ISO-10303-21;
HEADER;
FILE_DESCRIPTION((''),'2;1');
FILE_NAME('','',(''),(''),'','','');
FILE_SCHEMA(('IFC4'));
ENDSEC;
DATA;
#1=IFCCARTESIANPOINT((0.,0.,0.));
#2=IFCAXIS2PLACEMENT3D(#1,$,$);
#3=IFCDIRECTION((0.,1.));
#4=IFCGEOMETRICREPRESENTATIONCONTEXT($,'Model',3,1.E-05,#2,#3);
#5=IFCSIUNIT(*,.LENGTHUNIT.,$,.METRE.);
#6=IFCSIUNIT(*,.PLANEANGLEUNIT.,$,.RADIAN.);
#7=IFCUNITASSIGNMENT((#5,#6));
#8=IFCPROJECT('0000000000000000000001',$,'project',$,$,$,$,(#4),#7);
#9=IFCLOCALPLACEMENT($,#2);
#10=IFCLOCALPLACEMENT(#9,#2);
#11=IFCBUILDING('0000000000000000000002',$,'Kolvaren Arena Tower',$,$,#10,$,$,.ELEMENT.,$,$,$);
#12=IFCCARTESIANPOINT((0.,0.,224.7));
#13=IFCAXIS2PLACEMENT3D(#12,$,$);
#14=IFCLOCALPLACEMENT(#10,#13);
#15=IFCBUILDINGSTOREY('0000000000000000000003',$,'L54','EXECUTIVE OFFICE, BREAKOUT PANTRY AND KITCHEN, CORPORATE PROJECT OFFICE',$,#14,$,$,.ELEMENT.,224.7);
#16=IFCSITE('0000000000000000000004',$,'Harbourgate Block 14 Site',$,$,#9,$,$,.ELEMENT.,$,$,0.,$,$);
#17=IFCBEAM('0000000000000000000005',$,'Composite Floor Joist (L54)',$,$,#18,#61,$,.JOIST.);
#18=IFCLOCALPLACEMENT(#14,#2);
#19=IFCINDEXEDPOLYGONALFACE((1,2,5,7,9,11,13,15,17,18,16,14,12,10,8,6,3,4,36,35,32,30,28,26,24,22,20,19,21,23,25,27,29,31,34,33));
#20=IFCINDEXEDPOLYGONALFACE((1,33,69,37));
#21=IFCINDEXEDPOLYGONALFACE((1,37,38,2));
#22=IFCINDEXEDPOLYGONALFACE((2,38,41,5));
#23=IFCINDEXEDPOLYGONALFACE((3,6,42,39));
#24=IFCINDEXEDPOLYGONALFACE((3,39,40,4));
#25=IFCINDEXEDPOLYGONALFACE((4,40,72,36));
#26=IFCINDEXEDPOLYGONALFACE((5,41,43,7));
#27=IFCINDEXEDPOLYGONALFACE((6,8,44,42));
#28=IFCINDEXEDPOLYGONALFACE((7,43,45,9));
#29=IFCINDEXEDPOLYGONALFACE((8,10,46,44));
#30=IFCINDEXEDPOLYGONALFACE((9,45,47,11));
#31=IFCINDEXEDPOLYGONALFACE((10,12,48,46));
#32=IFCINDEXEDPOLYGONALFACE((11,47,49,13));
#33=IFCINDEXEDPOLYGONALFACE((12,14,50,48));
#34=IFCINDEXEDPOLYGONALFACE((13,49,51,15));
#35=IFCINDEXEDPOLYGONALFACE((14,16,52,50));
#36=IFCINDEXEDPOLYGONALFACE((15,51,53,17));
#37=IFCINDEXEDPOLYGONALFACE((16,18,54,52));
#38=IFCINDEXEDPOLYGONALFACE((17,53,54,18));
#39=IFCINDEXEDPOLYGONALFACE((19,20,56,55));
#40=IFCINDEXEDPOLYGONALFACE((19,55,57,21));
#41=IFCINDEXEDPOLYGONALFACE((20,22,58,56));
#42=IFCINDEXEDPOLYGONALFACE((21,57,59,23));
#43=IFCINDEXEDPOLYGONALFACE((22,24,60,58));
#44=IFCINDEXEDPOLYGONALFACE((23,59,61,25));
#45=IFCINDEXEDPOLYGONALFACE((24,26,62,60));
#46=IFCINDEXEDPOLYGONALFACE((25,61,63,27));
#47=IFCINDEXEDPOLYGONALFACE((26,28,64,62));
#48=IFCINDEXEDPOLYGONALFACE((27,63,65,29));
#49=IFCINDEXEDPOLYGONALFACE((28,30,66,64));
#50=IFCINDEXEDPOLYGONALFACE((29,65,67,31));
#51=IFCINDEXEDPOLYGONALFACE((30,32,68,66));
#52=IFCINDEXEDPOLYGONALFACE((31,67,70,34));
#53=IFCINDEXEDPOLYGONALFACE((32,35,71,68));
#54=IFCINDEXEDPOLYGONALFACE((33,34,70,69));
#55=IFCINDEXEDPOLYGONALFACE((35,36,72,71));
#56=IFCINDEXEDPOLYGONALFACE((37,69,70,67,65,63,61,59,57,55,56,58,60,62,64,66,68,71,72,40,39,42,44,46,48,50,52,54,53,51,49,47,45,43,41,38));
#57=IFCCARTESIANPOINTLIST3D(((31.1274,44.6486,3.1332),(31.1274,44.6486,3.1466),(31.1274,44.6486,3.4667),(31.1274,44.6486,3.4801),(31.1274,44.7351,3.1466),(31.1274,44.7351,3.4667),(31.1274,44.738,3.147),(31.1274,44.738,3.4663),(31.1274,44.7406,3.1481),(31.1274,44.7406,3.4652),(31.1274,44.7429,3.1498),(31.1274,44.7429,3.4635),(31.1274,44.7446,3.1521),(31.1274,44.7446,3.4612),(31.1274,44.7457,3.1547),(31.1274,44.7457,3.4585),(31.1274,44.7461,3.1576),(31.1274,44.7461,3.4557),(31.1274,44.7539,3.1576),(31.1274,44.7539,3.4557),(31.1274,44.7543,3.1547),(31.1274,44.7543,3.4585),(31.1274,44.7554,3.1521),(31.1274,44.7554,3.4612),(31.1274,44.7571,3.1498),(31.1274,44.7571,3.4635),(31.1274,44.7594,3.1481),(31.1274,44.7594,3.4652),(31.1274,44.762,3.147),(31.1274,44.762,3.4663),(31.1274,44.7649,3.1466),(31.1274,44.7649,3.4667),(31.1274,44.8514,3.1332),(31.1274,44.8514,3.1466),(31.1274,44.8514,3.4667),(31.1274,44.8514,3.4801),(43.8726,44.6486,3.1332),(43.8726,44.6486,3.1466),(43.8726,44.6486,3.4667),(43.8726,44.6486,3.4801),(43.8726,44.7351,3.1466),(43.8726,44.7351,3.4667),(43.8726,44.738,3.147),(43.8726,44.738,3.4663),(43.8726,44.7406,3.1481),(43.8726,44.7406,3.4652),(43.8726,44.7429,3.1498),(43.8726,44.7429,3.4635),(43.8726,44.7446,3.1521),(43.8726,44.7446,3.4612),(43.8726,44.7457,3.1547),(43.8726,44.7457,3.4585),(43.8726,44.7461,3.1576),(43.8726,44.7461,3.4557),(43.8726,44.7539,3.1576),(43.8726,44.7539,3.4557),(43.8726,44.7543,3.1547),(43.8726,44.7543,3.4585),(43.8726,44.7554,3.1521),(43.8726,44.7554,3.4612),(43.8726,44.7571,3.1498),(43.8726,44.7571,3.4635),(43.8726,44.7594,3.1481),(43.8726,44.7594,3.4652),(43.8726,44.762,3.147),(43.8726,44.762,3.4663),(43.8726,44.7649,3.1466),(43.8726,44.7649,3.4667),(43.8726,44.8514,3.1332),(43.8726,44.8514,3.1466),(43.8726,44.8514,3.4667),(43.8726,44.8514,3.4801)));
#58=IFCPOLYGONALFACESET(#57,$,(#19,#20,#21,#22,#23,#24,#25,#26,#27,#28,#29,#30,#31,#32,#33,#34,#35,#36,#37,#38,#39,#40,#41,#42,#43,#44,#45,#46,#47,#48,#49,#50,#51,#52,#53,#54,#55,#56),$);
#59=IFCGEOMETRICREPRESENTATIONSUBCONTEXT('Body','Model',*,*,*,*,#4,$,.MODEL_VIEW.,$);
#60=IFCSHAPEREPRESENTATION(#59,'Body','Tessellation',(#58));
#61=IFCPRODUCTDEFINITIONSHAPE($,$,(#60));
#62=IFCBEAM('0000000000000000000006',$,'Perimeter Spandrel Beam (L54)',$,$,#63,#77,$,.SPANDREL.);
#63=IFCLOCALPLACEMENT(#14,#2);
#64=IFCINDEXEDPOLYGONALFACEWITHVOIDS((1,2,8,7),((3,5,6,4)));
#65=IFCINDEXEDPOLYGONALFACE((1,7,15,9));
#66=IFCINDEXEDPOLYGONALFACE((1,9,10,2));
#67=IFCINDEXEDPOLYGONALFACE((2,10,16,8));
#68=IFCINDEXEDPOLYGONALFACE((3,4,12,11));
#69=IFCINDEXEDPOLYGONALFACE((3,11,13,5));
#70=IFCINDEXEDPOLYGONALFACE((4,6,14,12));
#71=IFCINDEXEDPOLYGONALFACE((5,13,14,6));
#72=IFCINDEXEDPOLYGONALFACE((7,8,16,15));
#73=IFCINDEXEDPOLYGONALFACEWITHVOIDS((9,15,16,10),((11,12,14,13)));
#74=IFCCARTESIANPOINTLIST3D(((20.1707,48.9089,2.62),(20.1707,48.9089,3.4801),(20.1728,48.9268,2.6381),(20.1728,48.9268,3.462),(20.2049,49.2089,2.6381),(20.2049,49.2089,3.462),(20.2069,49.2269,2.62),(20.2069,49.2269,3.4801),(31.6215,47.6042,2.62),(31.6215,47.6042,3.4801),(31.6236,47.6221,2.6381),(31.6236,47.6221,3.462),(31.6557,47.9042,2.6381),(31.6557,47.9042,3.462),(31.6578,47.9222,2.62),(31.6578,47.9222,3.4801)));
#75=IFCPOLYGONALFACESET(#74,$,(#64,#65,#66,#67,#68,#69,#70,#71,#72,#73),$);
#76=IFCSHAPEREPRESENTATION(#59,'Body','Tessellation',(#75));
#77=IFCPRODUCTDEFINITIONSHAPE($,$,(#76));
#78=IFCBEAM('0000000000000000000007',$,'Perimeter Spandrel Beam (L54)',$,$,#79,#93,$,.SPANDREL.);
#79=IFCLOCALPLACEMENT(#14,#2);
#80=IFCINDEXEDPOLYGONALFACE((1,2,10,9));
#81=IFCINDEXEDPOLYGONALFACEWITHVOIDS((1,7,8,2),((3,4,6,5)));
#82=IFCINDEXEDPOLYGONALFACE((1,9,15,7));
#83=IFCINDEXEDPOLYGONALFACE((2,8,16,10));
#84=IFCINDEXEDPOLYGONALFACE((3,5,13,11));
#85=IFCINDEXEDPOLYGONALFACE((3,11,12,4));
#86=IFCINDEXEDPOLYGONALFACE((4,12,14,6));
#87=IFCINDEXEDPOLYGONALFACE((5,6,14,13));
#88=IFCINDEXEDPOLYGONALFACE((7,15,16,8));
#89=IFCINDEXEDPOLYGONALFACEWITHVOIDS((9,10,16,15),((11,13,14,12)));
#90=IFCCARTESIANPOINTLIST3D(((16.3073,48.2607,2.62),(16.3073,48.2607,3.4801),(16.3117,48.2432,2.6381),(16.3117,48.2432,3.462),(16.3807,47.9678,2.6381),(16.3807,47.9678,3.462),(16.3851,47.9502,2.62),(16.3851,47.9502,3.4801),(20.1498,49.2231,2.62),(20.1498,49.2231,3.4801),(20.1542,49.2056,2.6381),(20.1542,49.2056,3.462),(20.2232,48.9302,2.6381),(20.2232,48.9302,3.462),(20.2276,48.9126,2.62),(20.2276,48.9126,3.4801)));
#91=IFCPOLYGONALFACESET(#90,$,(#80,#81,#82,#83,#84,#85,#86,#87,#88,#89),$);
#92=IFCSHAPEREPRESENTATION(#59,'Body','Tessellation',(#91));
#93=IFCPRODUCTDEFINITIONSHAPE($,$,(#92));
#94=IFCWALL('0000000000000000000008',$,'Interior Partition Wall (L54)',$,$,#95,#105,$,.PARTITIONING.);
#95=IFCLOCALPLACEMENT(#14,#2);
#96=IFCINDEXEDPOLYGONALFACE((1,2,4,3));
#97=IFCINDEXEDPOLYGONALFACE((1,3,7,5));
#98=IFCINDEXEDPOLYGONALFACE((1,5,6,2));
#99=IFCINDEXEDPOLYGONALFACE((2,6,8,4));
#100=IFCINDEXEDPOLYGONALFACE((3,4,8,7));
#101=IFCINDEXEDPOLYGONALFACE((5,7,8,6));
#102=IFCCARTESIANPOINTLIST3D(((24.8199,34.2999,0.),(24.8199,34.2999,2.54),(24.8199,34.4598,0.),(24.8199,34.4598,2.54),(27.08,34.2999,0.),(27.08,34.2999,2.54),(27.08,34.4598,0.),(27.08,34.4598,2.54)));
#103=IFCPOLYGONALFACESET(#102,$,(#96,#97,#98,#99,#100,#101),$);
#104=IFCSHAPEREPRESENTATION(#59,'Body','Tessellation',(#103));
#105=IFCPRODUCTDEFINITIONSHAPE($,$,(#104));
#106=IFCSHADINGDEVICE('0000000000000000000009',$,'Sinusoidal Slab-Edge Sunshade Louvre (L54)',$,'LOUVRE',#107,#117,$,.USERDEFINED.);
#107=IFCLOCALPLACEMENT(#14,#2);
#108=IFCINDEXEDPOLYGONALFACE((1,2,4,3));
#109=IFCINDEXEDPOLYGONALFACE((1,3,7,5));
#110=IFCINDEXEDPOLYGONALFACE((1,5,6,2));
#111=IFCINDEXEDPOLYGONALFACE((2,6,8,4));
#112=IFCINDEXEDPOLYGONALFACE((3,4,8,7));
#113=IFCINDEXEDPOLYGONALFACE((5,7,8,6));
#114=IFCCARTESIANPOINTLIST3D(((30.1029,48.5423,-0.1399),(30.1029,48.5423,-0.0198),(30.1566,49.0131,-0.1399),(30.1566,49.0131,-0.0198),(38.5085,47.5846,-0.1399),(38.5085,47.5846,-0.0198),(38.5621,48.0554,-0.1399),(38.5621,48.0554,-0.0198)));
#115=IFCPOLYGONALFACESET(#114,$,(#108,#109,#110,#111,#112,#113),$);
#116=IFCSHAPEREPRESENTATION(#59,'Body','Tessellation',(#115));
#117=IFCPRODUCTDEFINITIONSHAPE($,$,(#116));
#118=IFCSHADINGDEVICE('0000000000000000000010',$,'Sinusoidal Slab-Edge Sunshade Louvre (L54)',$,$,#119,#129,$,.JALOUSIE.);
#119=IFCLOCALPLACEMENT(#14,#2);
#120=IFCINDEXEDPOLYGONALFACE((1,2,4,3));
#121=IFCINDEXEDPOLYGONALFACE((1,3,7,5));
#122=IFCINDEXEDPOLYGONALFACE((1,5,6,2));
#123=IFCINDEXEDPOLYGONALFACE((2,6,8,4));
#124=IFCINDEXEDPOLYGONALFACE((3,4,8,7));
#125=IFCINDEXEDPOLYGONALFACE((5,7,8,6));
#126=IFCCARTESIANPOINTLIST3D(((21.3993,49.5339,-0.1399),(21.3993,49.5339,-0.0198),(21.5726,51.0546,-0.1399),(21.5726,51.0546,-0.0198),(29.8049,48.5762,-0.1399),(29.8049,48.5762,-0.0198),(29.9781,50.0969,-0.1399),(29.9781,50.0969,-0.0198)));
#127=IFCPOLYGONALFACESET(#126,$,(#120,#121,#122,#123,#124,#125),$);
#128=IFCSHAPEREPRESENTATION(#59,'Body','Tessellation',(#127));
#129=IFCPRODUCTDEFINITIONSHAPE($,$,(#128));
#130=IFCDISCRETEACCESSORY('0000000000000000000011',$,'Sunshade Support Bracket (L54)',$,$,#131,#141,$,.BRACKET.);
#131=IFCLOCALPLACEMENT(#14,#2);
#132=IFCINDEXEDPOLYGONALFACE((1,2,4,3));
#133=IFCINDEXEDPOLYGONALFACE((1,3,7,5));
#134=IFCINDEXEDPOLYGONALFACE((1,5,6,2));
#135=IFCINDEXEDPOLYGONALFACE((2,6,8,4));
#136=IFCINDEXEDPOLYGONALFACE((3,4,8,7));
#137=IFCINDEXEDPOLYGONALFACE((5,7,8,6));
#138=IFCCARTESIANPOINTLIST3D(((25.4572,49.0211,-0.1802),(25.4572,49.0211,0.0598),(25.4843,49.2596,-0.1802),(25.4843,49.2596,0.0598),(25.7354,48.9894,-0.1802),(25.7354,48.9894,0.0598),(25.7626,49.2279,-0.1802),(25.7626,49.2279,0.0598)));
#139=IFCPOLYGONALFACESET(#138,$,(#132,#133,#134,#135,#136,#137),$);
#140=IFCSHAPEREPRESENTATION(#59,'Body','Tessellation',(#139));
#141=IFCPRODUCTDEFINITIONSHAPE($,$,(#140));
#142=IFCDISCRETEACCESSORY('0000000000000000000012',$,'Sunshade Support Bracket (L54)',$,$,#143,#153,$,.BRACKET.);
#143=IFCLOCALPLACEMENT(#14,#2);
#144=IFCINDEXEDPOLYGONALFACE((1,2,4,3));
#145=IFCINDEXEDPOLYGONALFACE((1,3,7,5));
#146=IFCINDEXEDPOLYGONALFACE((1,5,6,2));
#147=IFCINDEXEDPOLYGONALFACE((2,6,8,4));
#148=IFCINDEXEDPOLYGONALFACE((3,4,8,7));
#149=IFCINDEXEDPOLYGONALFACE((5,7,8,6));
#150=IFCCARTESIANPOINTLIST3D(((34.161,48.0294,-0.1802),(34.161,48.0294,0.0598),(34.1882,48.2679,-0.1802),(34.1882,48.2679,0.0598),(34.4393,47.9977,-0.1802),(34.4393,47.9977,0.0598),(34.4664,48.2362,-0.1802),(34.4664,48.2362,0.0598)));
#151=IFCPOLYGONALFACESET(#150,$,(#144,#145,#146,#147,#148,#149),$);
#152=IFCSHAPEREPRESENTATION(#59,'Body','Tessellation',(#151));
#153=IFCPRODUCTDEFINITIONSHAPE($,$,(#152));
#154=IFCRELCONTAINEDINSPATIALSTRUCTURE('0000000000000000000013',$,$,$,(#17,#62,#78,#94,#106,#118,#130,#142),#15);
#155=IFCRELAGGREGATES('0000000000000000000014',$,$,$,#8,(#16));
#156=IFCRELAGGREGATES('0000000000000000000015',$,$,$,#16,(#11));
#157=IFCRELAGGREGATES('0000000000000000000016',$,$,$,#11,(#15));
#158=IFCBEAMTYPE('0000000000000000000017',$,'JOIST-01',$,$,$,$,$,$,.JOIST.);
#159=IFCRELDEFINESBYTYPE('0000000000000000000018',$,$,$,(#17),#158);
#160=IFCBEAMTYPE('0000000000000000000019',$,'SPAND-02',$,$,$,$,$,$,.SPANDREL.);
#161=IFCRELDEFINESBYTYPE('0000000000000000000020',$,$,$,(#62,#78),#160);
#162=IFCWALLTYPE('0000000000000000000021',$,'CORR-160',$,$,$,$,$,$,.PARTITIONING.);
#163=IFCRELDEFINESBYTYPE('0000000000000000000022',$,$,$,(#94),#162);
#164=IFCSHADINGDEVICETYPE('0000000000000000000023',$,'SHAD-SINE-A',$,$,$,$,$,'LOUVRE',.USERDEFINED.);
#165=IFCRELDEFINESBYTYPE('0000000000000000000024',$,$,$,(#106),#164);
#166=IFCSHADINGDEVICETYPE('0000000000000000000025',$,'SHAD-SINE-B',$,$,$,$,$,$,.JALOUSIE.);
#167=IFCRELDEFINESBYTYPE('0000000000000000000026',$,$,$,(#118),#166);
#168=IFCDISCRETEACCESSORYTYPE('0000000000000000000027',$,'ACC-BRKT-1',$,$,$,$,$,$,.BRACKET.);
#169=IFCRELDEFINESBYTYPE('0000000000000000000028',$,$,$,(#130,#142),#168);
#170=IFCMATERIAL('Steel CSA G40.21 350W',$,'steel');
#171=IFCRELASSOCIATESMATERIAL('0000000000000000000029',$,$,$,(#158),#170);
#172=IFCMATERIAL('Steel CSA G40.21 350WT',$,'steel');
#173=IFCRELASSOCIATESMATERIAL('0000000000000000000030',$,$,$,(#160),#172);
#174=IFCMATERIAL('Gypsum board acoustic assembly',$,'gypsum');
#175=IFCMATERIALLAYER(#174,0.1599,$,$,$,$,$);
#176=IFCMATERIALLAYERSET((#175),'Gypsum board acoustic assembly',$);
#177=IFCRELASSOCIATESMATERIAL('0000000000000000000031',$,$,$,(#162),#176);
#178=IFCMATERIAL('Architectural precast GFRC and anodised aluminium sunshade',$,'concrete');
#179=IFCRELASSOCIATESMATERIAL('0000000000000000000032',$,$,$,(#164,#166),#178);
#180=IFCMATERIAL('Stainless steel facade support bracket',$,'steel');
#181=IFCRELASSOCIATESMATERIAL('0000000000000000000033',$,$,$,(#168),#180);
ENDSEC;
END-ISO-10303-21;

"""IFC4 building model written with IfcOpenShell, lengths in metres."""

from ifc_helpers import new_model, si_unit, direction, frame, frame_2d, origin, origin_2d, place, context, subcontext, project, spatial, rectangle, hollow_rectangle, i_section, extrude, material, layer, layer_set, material_profile, profile_set, type_object, element, save


model = new_model("IFC4")

# Units and contexts
model_context = context("Model", 3, precision=1e-05, world=origin(), true_north=direction((0.0, 1.0)))
body_context = subcontext(model_context, "Body", "Model", "MODEL_VIEW")
ifc_project = project(units=[si_unit("LENGTHUNIT", "METRE"), si_unit("PLANEANGLEUNIT", "RADIAN")], contexts=[model_context])

# Site, building, storey
site_placement = place(None, origin())
site = spatial("IfcSite", under=ifc_project, at=site_placement, Name="Harbourgate Block 14 Site", CompositionType="ELEMENT", RefElevation=0.0)
building_placement = place(site_placement, origin())
building = spatial("IfcBuilding", under=site, at=building_placement, Name="Kolvaren Arena Tower", CompositionType="ELEMENT")
storey_placement = place(building_placement, frame((0.0, 0.0, 224.7)))
storey = spatial("IfcBuildingStorey", under=building, at=storey_placement, Name="L54", Description="EXECUTIVE OFFICE, BREAKOUT PANTRY AND KITCHEN, CORPORATE PROJECT OFFICE", CompositionType="ELEMENT", Elevation=224.7)

# Beams
ifc_material_1 = material(Name="Steel CSA G40.21 350W", Category="steel")
ifc_material_profile_1 = material_profile(ifc_material_1, i_section(OverallWidth=0.2029, OverallDepth=0.3469, WebThickness=0.0078, FlangeThickness=0.0134, FilletRadius=0.011, at=origin_2d()), Name="W360x64")
ifc_profile_set_1 = profile_set([ifc_material_profile_1], Name="Steel CSA G40.21 350W")
beam_type_1 = type_object("IfcBeamType", Name="JOIST-01", PredefinedType="JOIST", material=ifc_profile_set_1)
beam_1_placement = place(storey_placement, frame((31.1274, 44.75, 3.3066), z_axis=(1.0, 0.0, 0.0), x_axis=(0.0, 1.0, 0.0)))
element("IfcBeam", 1, at=beam_1_placement, inside=storey, type_object=beam_type_1, Name="Composite Floor Joist (L54)", PredefinedType="JOIST", context=body_context, shape_type="SweptSolid", body=[
    extrude(i_section(OverallWidth=0.2029, OverallDepth=0.3469, WebThickness=0.0078, FlangeThickness=0.0134, FilletRadius=0.011, at=origin_2d()), origin(), (0.0, 0.0, 1.0), 12.7451),
])
ifc_material_2 = material(Name="Steel CSA G40.21 350WT", Category="steel")
ifc_material_profile_2 = material_profile(ifc_material_2, hollow_rectangle(XDim=0.3201, YDim=0.8601, WallThickness=0.0181, at=origin_2d()), Name="HSS 860x320x18")
ifc_profile_set_2 = profile_set([ifc_material_profile_2], Name="Steel CSA G40.21 350WT")
beam_type_2 = type_object("IfcBeamType", Name="SPAND-02", PredefinedType="SPANDREL", material=ifc_profile_set_2)
beam_2_placement = place(storey_placement, frame((31.6396, 47.7632, 3.05), z_axis=(-0.993572, 0.113205, 0.0), x_axis=(-0.113205, -0.993572, 0.0)))
element("IfcBeam", 2, at=beam_2_placement, inside=storey, type_object=beam_type_2, Name="Perimeter Spandrel Beam (L54)", PredefinedType="SPANDREL", context=body_context, shape_type="SweptSolid", body=[
    extrude(hollow_rectangle(XDim=0.3201, YDim=0.8601, WallThickness=0.0181, at=origin_2d()), origin(), (0.0, 0.0, 1.0), 11.5249),
])
beam_3_placement = place(storey_placement, frame((20.1887, 49.0679, 3.05), z_axis=(-0.970037, -0.242956, 0.0), x_axis=(0.242956, -0.970037, 0.0)))
element("IfcBeam", 3, at=beam_3_placement, inside=storey, type_object=beam_type_2, Name="Perimeter Spandrel Beam (L54)", PredefinedType="SPANDREL", context=body_context, shape_type="SweptSolid", body=[
    extrude(hollow_rectangle(XDim=0.3201, YDim=0.8601, WallThickness=0.0181, at=origin_2d()), origin(), (0.0, 0.0, 1.0), 3.9612),
])

# Wall
ifc_material_3 = material(Name="Gypsum board acoustic assembly", Category="gypsum")
ifc_layer = layer(ifc_material_3, 0.1599)
ifc_layer_set = layer_set([ifc_layer], Name="Gypsum board acoustic assembly")
wall_type = type_object("IfcWallType", Name="CORR-160", PredefinedType="PARTITIONING", material=ifc_layer_set)
wall_placement = place(storey_placement, frame((24.8201, 34.3799, 0.0), z_axis=(0.0, 0.0, 1.0), x_axis=(1.0, 0.0, 0.0)))
element("IfcWall", 4, at=wall_placement, inside=storey, type_object=wall_type, Name="Interior Partition Wall (L54)", PredefinedType="PARTITIONING", context=body_context, shape_type="SweptSolid", body=[
    extrude(rectangle(XDim=2.26, YDim=0.1599, at=frame_2d((1.1299, 0.0))), origin(), (0.0, 0.0, 1.0), 2.54),
])

# Shading devices
ifc_material_4 = material(Name="Architectural precast GFRC and anodised aluminium sunshade", Category="concrete")
shading_device_type_1 = type_object("IfcShadingDeviceType", Name="SHAD-SINE-A", ElementType="LOUVRE", PredefinedType="USERDEFINED", material=ifc_material_4)
shading_device_1_placement = place(storey_placement, frame((34.3325, 48.2988, -0.1399), z_axis=(0.0, 0.0, 1.0), x_axis=(0.993572, -0.113205, 0.0)))
element("IfcShadingDevice", 5, at=shading_device_1_placement, inside=storey, type_object=shading_device_type_1, Name="Sinusoidal Slab-Edge Sunshade Louvre (L54)", ObjectType="LOUVRE", PredefinedType="USERDEFINED", context=body_context, shape_type="SweptSolid", body=[
    extrude(rectangle(XDim=8.46, YDim=0.4739, at=origin_2d()), origin(), (0.0, 0.0, 1.0), 0.1201),
])
shading_device_type_2 = type_object("IfcShadingDeviceType", Name="SHAD-SINE-B", PredefinedType="JALOUSIE", material=ifc_material_4)
shading_device_2_placement = place(storey_placement, frame((25.6887, 49.8154, -0.1399), z_axis=(0.0, 0.0, 1.0), x_axis=(0.993572, -0.113205, 0.0)))
element("IfcShadingDevice", 6, at=shading_device_2_placement, inside=storey, type_object=shading_device_type_2, Name="Sinusoidal Slab-Edge Sunshade Louvre (L54)", PredefinedType="JALOUSIE", context=body_context, shape_type="SweptSolid", body=[
    extrude(rectangle(XDim=8.46, YDim=1.5305, at=origin_2d()), origin(), (0.0, 0.0, 1.0), 0.1201),
])

# Discrete accessories
ifc_material_5 = material(Name="Stainless steel facade support bracket", Category="steel")
discrete_accessory_type = type_object("IfcDiscreteAccessoryType", Name="ACC-BRKT-1", PredefinedType="BRACKET", material=ifc_material_5)
for number, where, z_axis, x_axis, name in (
    (7, (25.6099, 49.1245, -0.1802), (0.0, 0.0, 1.0), (0.993572, -0.113205, 0.0), "Sunshade Support Bracket (L54)"),
    (8, (34.3137, 48.1328, -0.1802), (0.0, 0.0, 1.0), (0.993572, -0.113205, 0.0), "Sunshade Support Bracket (L54)"),
):
    element("IfcDiscreteAccessory", number, at=place(storey_placement, frame(where, z_axis=z_axis, x_axis=x_axis)), inside=storey, type_object=discrete_accessory_type, Name=name, PredefinedType="BRACKET", context=body_context, shape_type="SweptSolid", body=[
        extrude(rectangle(XDim=0.28, YDim=0.24, at=origin_2d()), origin(), (0.0, 0.0, 1.0), 0.24),
    ])

save(model, "model.ifc")
